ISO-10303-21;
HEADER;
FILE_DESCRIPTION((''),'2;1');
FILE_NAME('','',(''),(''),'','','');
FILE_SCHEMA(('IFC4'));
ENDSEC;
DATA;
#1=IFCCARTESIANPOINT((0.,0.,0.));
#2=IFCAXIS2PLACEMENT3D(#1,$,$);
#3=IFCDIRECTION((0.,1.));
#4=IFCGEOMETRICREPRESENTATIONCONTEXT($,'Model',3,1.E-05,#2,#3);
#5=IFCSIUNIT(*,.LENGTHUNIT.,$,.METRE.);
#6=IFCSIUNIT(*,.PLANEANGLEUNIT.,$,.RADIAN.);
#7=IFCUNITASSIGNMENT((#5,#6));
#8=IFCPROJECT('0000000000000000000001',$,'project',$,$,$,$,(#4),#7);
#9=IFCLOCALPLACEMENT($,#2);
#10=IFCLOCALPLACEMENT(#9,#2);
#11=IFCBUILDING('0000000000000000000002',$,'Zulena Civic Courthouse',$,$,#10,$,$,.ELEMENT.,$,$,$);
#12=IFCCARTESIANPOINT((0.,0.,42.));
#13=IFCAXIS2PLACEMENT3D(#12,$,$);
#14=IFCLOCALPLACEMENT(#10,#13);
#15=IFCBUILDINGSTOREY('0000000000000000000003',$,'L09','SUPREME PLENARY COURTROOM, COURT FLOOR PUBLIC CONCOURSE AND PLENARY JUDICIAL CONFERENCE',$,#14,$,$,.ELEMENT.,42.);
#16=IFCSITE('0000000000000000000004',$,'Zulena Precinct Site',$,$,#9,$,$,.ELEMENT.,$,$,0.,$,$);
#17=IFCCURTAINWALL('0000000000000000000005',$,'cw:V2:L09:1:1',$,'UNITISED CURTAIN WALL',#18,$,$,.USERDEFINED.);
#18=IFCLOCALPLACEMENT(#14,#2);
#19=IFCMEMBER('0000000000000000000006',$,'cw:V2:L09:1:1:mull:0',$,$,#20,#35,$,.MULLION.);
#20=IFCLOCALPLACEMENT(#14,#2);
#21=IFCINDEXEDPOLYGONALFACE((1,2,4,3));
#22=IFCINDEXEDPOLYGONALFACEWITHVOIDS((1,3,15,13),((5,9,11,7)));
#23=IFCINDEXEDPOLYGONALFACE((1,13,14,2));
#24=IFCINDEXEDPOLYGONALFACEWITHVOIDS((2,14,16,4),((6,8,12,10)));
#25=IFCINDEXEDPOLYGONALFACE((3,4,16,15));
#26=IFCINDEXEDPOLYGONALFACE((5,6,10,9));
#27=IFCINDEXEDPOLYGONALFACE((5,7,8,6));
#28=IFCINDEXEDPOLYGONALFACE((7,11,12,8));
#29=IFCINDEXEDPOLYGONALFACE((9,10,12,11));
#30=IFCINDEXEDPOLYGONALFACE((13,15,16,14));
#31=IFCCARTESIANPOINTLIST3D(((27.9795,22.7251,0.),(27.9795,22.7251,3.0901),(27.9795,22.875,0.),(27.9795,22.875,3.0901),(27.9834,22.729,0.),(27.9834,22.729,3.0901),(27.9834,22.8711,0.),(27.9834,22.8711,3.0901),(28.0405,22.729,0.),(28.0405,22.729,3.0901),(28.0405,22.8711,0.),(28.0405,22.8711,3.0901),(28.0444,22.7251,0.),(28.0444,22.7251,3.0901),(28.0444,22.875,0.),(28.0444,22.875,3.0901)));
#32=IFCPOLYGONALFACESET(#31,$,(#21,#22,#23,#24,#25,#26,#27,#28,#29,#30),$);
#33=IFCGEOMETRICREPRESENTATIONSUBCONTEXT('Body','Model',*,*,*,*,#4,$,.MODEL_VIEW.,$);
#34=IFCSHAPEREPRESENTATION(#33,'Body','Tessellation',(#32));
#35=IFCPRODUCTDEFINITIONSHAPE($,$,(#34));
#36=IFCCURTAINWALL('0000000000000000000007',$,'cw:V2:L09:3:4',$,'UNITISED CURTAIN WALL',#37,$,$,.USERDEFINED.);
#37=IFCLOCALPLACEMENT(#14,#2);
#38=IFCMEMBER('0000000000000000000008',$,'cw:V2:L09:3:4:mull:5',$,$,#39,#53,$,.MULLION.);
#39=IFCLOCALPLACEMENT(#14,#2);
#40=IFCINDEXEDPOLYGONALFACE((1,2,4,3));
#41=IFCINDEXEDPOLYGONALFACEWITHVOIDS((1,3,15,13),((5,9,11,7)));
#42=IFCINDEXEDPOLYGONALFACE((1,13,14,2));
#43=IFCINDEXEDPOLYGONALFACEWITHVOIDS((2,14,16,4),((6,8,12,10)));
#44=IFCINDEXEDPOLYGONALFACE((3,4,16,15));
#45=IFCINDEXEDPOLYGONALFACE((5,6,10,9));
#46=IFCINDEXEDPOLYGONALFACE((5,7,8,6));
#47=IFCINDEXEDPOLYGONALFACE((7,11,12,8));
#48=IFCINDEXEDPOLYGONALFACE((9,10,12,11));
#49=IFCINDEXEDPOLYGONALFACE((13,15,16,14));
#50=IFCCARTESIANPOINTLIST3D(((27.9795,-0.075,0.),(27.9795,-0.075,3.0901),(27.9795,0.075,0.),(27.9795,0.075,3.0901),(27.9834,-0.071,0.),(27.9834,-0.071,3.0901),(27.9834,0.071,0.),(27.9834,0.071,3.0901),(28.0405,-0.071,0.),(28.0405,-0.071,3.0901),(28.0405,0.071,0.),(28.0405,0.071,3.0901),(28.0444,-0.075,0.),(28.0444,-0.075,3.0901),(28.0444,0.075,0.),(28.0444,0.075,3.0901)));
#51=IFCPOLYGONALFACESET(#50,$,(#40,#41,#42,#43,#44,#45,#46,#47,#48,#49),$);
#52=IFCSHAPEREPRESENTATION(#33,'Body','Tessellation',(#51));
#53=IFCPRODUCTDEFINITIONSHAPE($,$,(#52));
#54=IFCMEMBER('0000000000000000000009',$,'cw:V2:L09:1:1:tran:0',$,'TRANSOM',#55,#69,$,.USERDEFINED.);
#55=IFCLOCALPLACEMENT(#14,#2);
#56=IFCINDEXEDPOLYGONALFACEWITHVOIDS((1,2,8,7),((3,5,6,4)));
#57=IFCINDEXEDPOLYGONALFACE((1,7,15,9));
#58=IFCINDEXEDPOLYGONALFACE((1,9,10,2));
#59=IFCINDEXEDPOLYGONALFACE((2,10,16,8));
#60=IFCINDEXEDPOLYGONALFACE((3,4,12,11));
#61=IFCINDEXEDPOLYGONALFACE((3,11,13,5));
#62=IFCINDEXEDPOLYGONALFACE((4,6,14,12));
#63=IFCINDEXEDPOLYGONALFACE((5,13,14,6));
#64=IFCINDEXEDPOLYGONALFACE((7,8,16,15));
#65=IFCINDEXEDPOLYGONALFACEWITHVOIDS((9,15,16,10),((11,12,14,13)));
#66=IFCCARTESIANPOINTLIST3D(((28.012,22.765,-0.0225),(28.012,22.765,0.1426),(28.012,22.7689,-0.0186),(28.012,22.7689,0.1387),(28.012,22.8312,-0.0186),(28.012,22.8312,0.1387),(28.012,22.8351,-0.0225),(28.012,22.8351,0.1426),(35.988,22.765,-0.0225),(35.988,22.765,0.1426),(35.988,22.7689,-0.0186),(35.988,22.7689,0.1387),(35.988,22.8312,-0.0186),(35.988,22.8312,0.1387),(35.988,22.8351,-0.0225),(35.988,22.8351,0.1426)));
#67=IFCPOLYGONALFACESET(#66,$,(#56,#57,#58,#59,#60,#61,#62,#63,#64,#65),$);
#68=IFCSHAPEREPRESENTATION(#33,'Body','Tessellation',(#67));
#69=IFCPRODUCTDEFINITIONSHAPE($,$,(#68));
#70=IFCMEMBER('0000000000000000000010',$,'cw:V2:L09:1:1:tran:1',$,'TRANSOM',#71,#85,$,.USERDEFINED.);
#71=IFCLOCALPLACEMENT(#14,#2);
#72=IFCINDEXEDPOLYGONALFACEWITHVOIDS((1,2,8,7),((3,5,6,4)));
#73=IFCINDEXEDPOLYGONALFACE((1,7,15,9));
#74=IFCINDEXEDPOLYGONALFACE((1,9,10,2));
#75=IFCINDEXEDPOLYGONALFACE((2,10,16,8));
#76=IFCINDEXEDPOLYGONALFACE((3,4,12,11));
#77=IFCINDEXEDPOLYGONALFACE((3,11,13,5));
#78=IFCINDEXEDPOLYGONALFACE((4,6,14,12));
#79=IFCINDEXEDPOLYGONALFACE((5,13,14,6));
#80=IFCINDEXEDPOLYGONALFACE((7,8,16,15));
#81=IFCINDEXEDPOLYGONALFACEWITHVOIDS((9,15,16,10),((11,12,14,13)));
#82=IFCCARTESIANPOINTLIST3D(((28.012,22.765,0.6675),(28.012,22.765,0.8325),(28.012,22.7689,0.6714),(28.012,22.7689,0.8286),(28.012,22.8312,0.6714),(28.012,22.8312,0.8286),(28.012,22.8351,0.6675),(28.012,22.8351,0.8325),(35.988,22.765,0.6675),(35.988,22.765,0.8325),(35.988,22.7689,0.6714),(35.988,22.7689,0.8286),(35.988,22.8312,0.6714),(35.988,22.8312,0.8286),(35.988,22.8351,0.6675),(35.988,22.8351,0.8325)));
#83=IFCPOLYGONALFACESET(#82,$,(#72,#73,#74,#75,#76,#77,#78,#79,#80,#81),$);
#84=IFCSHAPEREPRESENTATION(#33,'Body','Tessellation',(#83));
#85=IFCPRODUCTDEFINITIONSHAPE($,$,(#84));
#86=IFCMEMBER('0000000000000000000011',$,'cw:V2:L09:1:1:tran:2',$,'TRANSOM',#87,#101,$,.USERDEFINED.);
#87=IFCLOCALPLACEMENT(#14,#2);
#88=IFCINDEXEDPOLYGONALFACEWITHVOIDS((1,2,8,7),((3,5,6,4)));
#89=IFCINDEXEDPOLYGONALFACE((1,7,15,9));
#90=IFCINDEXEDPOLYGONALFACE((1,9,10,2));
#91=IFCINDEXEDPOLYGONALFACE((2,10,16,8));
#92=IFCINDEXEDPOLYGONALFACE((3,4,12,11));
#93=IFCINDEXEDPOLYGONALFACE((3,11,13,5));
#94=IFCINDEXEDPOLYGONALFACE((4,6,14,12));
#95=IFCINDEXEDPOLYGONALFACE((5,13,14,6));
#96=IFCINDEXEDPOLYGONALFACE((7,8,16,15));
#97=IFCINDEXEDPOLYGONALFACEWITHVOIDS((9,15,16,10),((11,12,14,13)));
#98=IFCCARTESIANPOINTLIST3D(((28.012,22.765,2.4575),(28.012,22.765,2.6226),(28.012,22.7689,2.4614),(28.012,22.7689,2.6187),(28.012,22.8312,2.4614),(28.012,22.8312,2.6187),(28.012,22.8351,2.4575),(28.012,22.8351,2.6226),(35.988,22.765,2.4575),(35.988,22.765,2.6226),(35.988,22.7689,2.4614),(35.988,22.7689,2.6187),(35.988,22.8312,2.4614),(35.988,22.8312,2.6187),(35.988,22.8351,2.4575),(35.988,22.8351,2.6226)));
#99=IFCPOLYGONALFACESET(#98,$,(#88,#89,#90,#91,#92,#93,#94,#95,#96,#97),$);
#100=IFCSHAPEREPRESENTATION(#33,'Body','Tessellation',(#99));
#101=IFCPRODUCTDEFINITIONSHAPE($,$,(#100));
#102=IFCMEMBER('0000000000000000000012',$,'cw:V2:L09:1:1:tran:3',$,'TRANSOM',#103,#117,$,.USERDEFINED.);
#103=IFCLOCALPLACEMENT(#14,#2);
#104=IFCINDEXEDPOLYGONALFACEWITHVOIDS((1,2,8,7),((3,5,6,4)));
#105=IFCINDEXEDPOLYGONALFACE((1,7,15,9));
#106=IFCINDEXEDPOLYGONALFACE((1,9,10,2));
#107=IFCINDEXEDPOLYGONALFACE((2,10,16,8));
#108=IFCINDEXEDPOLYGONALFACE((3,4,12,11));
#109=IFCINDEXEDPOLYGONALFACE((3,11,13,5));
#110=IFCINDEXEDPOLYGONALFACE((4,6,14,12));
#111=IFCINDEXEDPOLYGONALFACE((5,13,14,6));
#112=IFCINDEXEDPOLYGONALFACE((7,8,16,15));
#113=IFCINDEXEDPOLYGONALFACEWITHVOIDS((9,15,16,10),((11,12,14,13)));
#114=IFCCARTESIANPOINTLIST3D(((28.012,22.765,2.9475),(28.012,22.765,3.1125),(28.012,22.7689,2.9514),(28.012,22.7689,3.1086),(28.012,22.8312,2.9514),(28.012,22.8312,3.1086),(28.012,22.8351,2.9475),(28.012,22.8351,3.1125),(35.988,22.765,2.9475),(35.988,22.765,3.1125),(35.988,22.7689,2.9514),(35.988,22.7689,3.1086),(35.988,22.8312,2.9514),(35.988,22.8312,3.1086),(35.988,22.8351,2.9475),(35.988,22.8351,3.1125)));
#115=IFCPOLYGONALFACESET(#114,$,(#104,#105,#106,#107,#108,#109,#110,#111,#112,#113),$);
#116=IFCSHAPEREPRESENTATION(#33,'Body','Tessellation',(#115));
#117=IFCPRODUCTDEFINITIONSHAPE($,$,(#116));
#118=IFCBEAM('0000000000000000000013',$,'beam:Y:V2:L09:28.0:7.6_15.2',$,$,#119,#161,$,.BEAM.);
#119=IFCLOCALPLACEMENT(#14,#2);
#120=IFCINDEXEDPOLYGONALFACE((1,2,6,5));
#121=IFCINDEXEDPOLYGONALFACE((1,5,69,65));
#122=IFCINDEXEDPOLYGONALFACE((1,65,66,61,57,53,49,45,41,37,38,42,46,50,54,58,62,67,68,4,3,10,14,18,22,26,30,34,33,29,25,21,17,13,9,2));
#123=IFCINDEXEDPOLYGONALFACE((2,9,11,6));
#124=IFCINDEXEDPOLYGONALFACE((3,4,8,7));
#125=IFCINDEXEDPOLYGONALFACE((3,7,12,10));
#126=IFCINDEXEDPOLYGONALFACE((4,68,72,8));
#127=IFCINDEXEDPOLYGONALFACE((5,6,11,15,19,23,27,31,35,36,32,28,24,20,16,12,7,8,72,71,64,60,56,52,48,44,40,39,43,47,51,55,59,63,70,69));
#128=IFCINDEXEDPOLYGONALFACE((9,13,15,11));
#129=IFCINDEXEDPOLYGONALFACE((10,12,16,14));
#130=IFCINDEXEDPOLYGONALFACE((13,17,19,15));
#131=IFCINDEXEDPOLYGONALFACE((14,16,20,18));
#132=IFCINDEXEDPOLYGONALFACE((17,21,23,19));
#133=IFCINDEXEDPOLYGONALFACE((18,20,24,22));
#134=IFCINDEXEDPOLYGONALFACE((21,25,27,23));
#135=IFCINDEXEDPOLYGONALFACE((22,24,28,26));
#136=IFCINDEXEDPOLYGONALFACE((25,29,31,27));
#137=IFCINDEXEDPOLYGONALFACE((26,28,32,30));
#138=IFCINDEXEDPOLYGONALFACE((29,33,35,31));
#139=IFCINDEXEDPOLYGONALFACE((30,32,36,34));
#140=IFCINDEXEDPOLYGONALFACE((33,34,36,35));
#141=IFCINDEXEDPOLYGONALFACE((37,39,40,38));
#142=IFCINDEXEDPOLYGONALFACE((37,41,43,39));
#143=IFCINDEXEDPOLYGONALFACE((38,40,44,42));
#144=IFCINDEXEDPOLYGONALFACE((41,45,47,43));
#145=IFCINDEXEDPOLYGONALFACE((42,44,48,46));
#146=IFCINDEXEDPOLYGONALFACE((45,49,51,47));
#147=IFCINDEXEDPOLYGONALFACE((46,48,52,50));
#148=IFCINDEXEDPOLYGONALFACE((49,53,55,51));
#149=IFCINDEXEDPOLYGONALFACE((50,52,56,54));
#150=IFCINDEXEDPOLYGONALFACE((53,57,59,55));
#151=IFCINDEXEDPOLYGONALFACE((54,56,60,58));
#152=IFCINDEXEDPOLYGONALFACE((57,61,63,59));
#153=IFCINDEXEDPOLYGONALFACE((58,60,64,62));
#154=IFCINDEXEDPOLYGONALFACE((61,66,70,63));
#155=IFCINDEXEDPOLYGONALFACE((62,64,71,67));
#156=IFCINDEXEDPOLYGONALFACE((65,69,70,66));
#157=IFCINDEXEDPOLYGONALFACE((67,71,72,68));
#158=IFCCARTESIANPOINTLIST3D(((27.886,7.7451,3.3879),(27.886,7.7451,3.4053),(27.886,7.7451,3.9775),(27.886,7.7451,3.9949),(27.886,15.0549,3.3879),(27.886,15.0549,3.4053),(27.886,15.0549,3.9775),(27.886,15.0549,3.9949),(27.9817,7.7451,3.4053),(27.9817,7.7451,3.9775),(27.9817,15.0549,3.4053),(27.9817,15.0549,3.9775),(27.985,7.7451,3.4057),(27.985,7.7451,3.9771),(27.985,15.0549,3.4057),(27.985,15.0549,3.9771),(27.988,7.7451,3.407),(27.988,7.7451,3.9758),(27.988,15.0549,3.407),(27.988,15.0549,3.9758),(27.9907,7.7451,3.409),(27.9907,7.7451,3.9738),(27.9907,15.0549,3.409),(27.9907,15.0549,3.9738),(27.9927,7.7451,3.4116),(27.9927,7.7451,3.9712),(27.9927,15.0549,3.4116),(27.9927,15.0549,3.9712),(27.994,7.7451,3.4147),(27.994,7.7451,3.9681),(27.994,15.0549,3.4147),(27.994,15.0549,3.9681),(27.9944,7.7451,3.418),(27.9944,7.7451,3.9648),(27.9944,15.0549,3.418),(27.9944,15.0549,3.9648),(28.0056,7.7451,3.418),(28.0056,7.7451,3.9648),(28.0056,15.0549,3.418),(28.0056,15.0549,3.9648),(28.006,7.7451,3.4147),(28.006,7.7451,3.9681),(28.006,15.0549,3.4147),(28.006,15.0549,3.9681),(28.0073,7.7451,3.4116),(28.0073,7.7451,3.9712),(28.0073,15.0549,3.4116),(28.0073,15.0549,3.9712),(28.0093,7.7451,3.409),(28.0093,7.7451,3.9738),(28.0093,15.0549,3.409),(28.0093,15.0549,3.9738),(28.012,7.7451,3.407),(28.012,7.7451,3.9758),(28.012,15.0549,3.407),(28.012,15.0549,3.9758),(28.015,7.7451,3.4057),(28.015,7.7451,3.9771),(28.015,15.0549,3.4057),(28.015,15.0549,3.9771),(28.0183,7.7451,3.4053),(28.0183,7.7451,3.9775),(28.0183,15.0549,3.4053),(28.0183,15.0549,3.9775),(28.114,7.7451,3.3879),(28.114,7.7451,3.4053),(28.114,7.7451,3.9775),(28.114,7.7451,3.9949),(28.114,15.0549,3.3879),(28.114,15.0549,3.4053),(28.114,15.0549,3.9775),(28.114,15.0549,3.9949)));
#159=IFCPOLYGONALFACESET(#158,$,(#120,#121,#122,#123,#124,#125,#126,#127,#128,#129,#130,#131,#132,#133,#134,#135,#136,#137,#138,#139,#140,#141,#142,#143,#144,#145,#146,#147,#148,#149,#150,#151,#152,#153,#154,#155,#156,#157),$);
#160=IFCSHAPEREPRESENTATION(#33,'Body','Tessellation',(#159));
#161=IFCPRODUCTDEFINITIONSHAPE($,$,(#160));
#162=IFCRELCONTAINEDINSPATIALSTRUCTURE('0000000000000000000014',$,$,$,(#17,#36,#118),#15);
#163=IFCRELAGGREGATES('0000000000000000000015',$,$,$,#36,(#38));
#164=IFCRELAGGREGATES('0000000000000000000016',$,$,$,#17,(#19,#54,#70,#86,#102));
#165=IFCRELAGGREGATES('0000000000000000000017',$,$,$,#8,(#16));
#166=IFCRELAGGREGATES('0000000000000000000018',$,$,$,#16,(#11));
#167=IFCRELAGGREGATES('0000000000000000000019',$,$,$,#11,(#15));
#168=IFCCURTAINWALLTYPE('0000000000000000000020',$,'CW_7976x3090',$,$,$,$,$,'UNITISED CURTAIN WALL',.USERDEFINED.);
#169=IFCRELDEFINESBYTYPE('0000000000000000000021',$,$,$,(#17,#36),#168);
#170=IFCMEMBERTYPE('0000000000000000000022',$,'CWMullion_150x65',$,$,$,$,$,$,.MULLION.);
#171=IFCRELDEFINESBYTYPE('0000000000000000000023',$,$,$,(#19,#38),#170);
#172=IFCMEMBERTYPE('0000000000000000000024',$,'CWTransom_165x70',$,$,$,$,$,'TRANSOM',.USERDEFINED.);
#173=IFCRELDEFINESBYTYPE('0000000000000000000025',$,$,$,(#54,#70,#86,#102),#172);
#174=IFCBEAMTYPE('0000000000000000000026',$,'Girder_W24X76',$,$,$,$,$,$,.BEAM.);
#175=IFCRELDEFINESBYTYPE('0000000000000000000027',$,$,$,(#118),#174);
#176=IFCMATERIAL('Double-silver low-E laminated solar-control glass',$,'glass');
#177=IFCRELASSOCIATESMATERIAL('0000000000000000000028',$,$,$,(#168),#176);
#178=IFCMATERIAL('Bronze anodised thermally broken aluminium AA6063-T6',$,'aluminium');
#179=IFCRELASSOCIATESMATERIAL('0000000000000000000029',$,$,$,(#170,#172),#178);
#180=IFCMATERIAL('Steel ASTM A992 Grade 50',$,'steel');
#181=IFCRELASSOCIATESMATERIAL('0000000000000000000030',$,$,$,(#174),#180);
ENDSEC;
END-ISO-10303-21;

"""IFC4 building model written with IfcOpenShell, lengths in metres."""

from ifc_helpers import new_model, si_unit, direction, frame, origin, origin_2d, place, context, subcontext, project, spatial, hollow_rectangle, i_section, extrude, material, material_profile, profile_set, type_object, element, aggregate, save


model = new_model("IFC4")

# Units and contexts
model_context = context("Model", 3, precision=1e-05, world=origin(), true_north=direction((0.0, 1.0)))
body_context = subcontext(model_context, "Body", "Model", "MODEL_VIEW")
ifc_project = project(units=[si_unit("LENGTHUNIT", "METRE"), si_unit("PLANEANGLEUNIT", "RADIAN")], contexts=[model_context])

# Site, building, storey
site_placement = place(None, origin())
site = spatial("IfcSite", under=ifc_project, at=site_placement, Name="Zulena Precinct Site", CompositionType="ELEMENT", RefElevation=0.0)
building_placement = place(site_placement, origin())
building = spatial("IfcBuilding", under=site, at=building_placement, Name="Zulena Civic Courthouse", CompositionType="ELEMENT")
storey_placement = place(building_placement, frame((0.0, 0.0, 42.0)))
storey = spatial("IfcBuildingStorey", under=building, at=storey_placement, Name="L09", Description="SUPREME PLENARY COURTROOM, COURT FLOOR PUBLIC CONCOURSE AND PLENARY JUDICIAL CONFERENCE", CompositionType="ELEMENT", Elevation=42.0)

# Shared definitions
ifc_material_1 = material(Name="Steel ASTM A992 Grade 50", Category="steel")

# Curtain walls, members
ifc_material_2 = material(Name="Double-silver low-E laminated solar-control glass", Category="glass")
curtain_wall_type = type_object("IfcCurtainWallType", Name="CW_7976x3090", ElementType="UNITISED CURTAIN WALL", PredefinedType="USERDEFINED", material=ifc_material_2)
curtain_wall_1_placement = place(storey_placement, origin())
curtain_wall_1 = element("IfcCurtainWall", 1, at=curtain_wall_1_placement, inside=storey, type_object=curtain_wall_type, Name="cw:V2:L09:1:1", ObjectType="UNITISED CURTAIN WALL", PredefinedType="USERDEFINED")
ifc_material_3 = material(Name="Bronze anodised thermally broken aluminium AA6063-T6", Category="aluminium")
ifc_material_profile_1 = material_profile(ifc_material_3, hollow_rectangle(XDim=0.0649, YDim=0.1499, WallThickness=0.0039, at=origin_2d()), Name="CWM150X65X4")
ifc_profile_set_1 = profile_set([ifc_material_profile_1], Name="Bronze anodised thermally broken aluminium AA6063-T6")
member_type_1 = type_object("IfcMemberType", Name="CWMullion_150x65", PredefinedType="MULLION", material=ifc_profile_set_1)
member_1_placement = place(storey_placement, frame((28.012, 22.8, 0.0), z_axis=(0.0, 0.0, 1.0), x_axis=(1.0, 0.0, 0.0)))
member_1 = element("IfcMember", 2, at=member_1_placement, type_object=member_type_1, Name="cw:V2:L09:1:1:mull:0", PredefinedType="MULLION", context=body_context, shape_type="SweptSolid", body=[
    extrude(hollow_rectangle(XDim=0.0649, YDim=0.1499, WallThickness=0.0039, at=origin_2d()), origin(), (0.0, 0.0, 1.0), 3.0901),
])
curtain_wall_2_placement = place(storey_placement, origin())
curtain_wall_2 = element("IfcCurtainWall", 3, at=curtain_wall_2_placement, inside=storey, type_object=curtain_wall_type, Name="cw:V2:L09:3:4", ObjectType="UNITISED CURTAIN WALL", PredefinedType="USERDEFINED")
member_2_placement = place(storey_placement, frame((28.012, 0.0, 0.0), z_axis=(0.0, 0.0, 1.0), x_axis=(1.0, 0.0, 0.0)))
member_2 = element("IfcMember", 4, at=member_2_placement, type_object=member_type_1, Name="cw:V2:L09:3:4:mull:5", PredefinedType="MULLION", context=body_context, shape_type="SweptSolid", body=[
    extrude(hollow_rectangle(XDim=0.0649, YDim=0.1499, WallThickness=0.0039, at=origin_2d()), origin(), (0.0, 0.0, 1.0), 3.0901),
])
aggregate(curtain_wall_2, [member_2])

# Members
ifc_material_profile_2 = material_profile(ifc_material_3, hollow_rectangle(XDim=0.0701, YDim=0.165, WallThickness=0.0039, at=origin_2d()), Name="CWT165X70X4")
ifc_profile_set_2 = profile_set([ifc_material_profile_2], Name="Bronze anodised thermally broken aluminium AA6063-T6")
member_type_2 = type_object("IfcMemberType", Name="CWTransom_165x70", ElementType="TRANSOM", PredefinedType="USERDEFINED", material=ifc_profile_set_2)
member_3_placement = place(storey_placement, frame((28.012, 22.8, 0.0601), z_axis=(1.0, 0.0, 0.0), x_axis=(0.0, 1.0, 0.0)))
member_3 = element("IfcMember", 5, at=member_3_placement, type_object=member_type_2, Name="cw:V2:L09:1:1:tran:0", ObjectType="TRANSOM", PredefinedType="USERDEFINED", context=body_context, shape_type="SweptSolid", body=[
    extrude(hollow_rectangle(XDim=0.0701, YDim=0.165, WallThickness=0.0039, at=origin_2d()), origin(), (0.0, 0.0, 1.0), 7.9761),
])
member_4_placement = place(storey_placement, frame((28.012, 22.8, 0.75), z_axis=(1.0, 0.0, 0.0), x_axis=(0.0, 1.0, 0.0)))
member_4 = element("IfcMember", 6, at=member_4_placement, type_object=member_type_2, Name="cw:V2:L09:1:1:tran:1", ObjectType="TRANSOM", PredefinedType="USERDEFINED", context=body_context, shape_type="SweptSolid", body=[
    extrude(hollow_rectangle(XDim=0.0701, YDim=0.165, WallThickness=0.0039, at=origin_2d()), origin(), (0.0, 0.0, 1.0), 7.9761),
])
member_5_placement = place(storey_placement, frame((28.012, 22.8, 2.54), z_axis=(1.0, 0.0, 0.0), x_axis=(0.0, 1.0, 0.0)))
member_5 = element("IfcMember", 7, at=member_5_placement, type_object=member_type_2, Name="cw:V2:L09:1:1:tran:2", ObjectType="TRANSOM", PredefinedType="USERDEFINED", context=body_context, shape_type="SweptSolid", body=[
    extrude(hollow_rectangle(XDim=0.0701, YDim=0.165, WallThickness=0.0039, at=origin_2d()), origin(), (0.0, 0.0, 1.0), 7.9761),
])
member_6_placement = place(storey_placement, frame((28.012, 22.8, 3.03), z_axis=(1.0, 0.0, 0.0), x_axis=(0.0, 1.0, 0.0)))
member_6 = element("IfcMember", 8, at=member_6_placement, type_object=member_type_2, Name="cw:V2:L09:1:1:tran:3", ObjectType="TRANSOM", PredefinedType="USERDEFINED", context=body_context, shape_type="SweptSolid", body=[
    extrude(hollow_rectangle(XDim=0.0701, YDim=0.165, WallThickness=0.0039, at=origin_2d()), origin(), (0.0, 0.0, 1.0), 7.9761),
])
aggregate(curtain_wall_1, [member_1, member_3, member_4, member_5, member_6])

# Beam
ifc_material_profile_3 = material_profile(ifc_material_1, i_section(OverallWidth=0.228, OverallDepth=0.6069, WebThickness=0.0112, FlangeThickness=0.0173, FilletRadius=0.0127, at=origin_2d()), Name="W24X76")
ifc_profile_set_3 = profile_set([ifc_material_profile_3], Name="Steel ASTM A992 Grade 50")
beam_type_1 = type_object("IfcBeamType", Name="Girder_W24X76", PredefinedType="BEAM", material=ifc_profile_set_3)
beam_1_placement = place(storey_placement, frame((28.0, 7.7451, 3.6914), z_axis=(0.0, 1.0, 0.0), x_axis=(-1.0, 0.0, 0.0)))
element("IfcBeam", 9, at=beam_1_placement, inside=storey, type_object=beam_type_1, Name="beam:Y:V2:L09:28.0:7.6_15.2", PredefinedType="BEAM", context=body_context, shape_type="SweptSolid", body=[
    extrude(i_section(OverallWidth=0.228, OverallDepth=0.6069, WebThickness=0.0112, FlangeThickness=0.0173, FilletRadius=0.0127, at=origin_2d()), origin(), (0.0, 0.0, 1.0), 7.3098),
])

save(model, "model.ifc")
